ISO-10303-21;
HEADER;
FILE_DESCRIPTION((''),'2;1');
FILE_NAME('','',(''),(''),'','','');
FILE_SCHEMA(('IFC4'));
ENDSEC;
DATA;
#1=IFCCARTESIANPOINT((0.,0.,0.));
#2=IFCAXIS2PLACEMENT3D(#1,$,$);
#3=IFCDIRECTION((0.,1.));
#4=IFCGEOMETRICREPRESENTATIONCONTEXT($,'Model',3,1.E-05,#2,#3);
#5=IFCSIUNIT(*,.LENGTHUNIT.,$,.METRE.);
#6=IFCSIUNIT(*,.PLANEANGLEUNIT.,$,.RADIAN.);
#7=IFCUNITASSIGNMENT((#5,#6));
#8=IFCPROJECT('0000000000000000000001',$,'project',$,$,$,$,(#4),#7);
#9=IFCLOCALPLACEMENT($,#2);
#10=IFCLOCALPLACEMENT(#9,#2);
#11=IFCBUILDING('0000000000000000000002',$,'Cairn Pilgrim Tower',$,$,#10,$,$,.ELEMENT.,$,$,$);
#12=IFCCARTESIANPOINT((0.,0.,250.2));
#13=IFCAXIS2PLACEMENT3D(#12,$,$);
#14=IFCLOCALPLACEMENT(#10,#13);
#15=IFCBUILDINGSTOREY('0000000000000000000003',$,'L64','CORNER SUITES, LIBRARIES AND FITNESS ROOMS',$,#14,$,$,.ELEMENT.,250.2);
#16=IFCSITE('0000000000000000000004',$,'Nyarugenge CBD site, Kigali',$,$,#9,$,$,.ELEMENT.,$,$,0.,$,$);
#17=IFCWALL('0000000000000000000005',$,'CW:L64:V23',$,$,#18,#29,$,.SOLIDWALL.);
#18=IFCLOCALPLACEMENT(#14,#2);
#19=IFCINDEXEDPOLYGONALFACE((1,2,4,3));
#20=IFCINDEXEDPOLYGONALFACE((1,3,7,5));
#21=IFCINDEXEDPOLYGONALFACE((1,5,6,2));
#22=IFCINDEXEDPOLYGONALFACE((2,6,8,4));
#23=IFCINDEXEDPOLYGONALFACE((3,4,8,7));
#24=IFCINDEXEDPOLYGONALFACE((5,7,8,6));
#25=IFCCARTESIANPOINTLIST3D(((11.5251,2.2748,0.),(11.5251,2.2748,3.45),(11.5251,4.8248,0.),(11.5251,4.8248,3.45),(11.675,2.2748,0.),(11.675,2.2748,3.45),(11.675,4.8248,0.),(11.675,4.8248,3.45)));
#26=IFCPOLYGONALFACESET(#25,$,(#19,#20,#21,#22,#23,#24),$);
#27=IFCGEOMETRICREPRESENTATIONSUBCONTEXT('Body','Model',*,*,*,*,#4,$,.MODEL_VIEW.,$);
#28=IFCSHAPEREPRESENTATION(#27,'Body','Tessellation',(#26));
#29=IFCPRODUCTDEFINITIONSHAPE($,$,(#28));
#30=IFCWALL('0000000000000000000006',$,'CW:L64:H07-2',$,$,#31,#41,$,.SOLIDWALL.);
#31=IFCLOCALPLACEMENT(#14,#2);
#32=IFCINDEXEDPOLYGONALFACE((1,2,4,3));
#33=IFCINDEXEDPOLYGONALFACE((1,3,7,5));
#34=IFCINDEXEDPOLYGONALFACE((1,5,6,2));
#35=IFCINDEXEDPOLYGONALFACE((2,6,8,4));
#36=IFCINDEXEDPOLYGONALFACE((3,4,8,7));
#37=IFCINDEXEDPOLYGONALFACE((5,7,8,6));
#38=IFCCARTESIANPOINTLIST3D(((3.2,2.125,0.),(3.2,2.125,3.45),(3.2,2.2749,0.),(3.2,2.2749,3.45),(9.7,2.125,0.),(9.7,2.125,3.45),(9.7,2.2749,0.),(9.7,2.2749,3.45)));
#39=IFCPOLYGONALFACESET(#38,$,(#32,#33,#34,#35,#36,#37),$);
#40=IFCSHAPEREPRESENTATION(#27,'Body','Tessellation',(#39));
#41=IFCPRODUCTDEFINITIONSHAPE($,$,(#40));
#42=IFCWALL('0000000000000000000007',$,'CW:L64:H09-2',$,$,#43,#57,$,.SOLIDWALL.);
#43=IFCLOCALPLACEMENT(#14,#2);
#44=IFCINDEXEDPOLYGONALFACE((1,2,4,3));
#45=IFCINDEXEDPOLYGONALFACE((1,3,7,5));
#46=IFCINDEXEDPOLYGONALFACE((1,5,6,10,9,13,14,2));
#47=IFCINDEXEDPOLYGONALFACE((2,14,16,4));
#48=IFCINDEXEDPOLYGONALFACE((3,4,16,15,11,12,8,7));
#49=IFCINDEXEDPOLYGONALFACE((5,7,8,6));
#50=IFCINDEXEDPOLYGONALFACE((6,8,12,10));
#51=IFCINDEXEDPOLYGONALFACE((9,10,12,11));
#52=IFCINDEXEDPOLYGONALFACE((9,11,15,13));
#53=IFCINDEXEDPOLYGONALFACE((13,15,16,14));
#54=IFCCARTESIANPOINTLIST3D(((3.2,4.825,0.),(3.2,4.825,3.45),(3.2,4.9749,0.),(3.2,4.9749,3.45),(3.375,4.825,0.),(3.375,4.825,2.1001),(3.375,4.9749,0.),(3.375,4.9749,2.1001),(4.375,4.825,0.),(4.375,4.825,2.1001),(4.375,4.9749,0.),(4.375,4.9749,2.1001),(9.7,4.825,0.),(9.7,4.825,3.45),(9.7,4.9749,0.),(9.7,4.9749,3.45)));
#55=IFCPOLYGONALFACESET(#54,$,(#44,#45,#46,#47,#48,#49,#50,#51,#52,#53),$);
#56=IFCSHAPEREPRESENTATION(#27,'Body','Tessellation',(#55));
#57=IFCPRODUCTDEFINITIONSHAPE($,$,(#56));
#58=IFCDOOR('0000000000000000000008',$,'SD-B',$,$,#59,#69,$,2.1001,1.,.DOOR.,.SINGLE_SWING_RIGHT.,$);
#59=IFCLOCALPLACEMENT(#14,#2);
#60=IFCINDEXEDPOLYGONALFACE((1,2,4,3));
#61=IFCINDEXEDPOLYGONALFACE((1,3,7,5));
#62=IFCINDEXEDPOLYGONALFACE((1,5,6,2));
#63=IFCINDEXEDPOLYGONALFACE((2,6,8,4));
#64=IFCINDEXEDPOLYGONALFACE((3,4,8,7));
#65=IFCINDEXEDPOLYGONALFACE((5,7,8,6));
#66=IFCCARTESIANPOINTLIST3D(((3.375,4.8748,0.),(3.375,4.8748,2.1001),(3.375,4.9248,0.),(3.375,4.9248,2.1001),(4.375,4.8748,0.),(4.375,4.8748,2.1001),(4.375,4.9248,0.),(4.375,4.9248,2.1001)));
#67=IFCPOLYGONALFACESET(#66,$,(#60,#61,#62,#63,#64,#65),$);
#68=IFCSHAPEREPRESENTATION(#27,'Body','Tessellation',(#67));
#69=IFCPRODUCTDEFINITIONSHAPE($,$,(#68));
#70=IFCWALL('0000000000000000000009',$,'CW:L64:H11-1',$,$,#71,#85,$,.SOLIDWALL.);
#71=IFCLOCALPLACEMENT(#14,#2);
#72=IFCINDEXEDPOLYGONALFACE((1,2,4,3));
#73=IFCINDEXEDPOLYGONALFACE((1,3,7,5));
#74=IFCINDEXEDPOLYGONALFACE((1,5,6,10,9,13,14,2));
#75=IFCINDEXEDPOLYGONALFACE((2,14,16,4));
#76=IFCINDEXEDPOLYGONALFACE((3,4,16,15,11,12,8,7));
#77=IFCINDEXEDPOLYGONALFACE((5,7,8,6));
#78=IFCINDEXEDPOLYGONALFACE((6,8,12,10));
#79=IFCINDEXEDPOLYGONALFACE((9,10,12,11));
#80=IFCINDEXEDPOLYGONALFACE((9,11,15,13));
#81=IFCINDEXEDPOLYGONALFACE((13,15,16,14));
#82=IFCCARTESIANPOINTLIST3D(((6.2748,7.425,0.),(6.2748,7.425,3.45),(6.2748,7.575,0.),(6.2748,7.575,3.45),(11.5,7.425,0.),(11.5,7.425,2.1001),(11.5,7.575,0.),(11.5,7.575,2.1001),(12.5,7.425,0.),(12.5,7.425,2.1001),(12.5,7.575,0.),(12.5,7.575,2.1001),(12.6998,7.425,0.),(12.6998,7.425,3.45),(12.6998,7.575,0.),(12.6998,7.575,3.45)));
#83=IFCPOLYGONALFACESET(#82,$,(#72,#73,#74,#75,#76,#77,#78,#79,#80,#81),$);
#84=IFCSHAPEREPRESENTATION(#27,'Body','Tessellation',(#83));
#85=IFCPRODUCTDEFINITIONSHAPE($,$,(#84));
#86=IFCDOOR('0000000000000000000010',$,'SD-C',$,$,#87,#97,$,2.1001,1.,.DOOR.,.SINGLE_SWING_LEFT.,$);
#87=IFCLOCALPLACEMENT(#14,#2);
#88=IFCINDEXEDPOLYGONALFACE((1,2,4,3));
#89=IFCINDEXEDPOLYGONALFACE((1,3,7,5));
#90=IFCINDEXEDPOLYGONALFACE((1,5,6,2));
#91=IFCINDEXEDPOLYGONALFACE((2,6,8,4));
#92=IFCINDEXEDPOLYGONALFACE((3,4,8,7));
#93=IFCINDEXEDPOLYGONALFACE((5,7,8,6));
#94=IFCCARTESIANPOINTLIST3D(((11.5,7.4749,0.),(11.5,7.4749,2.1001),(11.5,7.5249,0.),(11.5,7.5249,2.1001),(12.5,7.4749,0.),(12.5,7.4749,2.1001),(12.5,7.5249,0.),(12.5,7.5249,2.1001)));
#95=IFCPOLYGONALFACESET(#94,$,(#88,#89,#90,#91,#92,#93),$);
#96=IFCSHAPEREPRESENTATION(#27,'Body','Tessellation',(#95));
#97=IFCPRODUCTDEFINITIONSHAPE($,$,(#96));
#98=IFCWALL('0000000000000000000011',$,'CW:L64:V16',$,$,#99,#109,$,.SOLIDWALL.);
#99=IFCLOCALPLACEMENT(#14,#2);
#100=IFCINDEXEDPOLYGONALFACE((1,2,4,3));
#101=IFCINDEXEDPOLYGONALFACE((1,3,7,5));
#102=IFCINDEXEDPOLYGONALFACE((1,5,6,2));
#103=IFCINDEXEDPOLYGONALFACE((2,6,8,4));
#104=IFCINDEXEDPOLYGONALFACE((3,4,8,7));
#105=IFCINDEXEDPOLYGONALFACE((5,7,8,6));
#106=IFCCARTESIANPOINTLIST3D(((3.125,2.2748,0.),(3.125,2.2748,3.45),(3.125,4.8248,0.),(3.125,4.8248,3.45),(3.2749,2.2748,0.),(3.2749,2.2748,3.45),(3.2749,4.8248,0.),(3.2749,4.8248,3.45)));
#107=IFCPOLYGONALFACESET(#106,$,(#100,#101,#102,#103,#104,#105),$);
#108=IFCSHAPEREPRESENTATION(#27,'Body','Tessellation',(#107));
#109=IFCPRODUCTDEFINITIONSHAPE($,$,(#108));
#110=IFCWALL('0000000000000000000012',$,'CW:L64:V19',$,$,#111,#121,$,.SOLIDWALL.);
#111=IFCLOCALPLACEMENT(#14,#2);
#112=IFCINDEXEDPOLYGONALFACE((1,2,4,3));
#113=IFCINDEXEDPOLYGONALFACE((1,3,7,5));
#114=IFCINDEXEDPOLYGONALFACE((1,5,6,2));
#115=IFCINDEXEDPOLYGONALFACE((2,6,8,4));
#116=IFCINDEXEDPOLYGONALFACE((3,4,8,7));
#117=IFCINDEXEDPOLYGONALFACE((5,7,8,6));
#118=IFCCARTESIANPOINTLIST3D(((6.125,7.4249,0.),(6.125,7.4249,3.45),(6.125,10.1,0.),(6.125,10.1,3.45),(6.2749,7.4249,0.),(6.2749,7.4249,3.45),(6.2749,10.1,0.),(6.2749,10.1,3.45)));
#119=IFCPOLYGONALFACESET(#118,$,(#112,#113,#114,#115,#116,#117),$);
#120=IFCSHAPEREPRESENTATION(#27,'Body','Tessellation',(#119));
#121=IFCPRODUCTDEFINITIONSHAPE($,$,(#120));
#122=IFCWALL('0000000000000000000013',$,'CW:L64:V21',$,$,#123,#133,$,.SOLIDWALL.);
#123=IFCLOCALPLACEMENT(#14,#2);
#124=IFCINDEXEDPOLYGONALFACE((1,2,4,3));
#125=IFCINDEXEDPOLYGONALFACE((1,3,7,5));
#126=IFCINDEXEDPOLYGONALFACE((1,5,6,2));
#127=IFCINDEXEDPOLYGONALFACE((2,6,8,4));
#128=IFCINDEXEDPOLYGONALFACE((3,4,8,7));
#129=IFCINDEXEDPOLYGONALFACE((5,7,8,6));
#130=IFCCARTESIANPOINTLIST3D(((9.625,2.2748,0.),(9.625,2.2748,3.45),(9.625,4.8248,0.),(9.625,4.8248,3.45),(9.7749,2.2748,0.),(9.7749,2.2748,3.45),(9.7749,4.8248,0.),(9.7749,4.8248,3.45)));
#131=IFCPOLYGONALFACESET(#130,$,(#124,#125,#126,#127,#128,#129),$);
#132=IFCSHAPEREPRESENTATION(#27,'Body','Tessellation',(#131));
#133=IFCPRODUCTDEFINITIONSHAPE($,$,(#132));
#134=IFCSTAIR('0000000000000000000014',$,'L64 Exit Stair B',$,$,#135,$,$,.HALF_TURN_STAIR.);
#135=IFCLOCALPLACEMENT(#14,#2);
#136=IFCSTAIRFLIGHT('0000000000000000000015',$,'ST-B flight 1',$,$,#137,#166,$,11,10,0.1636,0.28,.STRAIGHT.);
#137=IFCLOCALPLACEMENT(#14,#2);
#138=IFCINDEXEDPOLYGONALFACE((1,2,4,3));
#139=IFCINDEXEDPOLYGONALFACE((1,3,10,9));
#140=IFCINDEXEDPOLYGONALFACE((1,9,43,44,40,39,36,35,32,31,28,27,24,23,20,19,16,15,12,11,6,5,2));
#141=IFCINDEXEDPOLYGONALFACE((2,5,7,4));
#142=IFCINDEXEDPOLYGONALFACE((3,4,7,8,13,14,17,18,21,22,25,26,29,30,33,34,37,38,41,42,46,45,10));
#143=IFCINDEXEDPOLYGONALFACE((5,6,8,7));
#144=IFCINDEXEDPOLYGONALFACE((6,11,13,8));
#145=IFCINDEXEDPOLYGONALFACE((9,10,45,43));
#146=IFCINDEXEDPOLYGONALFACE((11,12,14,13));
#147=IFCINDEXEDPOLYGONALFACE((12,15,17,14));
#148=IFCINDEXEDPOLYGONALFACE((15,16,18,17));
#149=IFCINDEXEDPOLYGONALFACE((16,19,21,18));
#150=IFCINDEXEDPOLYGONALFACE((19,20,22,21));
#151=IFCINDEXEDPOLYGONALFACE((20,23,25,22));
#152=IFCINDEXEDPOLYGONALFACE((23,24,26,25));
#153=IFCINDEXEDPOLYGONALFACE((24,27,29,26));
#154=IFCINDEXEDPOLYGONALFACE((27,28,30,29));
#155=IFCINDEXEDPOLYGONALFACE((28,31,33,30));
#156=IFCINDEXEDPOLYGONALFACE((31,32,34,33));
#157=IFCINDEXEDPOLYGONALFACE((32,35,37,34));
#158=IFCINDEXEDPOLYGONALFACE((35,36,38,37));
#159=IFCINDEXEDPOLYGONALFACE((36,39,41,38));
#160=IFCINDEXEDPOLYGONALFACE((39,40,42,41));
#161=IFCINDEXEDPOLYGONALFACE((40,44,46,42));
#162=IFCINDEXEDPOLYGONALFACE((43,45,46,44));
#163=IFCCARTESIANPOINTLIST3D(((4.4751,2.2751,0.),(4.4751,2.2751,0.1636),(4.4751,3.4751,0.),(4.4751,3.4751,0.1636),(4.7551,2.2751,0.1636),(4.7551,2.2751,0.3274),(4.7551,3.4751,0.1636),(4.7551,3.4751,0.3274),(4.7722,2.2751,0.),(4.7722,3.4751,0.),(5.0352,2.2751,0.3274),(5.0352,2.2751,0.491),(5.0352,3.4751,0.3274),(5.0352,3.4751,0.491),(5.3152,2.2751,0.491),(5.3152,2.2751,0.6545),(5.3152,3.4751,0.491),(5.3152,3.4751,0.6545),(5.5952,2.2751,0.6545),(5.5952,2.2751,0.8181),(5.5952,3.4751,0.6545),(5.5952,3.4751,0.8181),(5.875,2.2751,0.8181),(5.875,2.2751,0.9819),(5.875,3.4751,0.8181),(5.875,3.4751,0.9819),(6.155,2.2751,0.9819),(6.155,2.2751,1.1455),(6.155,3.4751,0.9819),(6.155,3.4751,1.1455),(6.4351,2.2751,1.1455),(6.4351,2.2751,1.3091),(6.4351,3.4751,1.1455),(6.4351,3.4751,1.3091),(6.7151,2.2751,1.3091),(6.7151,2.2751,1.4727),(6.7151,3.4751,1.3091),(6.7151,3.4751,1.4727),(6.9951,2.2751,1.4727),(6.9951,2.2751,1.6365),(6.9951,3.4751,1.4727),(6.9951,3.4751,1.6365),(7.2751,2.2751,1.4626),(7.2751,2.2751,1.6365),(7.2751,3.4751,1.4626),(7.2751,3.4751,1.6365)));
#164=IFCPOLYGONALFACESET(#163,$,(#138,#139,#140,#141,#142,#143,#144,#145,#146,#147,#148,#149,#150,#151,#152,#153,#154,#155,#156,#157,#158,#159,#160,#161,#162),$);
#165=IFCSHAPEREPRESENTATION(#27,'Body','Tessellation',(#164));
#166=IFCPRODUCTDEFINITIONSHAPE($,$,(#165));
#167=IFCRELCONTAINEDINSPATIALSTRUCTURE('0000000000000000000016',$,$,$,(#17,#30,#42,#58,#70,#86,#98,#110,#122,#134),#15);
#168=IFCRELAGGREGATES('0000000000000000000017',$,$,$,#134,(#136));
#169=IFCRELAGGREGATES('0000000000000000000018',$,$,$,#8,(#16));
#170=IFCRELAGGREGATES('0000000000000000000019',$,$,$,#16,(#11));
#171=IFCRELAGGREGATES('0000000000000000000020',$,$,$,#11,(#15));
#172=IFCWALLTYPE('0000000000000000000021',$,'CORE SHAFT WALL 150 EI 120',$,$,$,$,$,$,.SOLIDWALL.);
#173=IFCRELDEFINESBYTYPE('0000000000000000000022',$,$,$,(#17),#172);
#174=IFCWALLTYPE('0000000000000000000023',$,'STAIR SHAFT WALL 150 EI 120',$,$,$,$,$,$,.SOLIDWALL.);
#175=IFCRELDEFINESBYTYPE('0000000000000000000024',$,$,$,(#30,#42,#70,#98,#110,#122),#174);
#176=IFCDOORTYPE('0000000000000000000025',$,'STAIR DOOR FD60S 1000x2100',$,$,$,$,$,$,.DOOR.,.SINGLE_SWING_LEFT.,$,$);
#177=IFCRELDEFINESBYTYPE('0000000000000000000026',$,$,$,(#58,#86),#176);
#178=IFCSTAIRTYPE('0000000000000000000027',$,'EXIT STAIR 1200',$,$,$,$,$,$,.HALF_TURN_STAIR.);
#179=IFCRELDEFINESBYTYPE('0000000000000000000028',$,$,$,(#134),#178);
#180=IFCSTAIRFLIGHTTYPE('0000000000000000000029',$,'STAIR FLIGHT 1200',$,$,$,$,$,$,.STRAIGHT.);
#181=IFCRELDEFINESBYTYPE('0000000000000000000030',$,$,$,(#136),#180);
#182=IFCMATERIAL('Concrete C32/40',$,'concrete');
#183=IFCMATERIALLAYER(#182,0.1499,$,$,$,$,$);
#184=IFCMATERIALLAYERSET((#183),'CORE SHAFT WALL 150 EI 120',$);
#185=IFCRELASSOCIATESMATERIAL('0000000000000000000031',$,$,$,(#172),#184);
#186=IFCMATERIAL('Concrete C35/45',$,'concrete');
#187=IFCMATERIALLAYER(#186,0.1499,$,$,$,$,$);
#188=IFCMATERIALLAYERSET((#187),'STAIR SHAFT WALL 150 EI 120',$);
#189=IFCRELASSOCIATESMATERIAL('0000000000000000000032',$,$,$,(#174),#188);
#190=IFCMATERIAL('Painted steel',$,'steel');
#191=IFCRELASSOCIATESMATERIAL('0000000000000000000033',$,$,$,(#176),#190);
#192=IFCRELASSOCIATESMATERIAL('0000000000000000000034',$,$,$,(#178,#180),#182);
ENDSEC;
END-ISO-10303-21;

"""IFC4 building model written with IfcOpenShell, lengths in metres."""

from ifc_helpers import new_model, si_unit, direction, frame, frame_2d, origin, place, context, subcontext, project, spatial, polyline, rectangle, outline, extrude, material, layer, layer_set, type_object, element, fill, aggregate, save


model = new_model("IFC4")

# Units and contexts
model_context = context("Model", 3, precision=1e-05, world=origin(), true_north=direction((0.0, 1.0)))
body_context = subcontext(model_context, "Body", "Model", "MODEL_VIEW")
ifc_project = project(units=[si_unit("LENGTHUNIT", "METRE"), si_unit("PLANEANGLEUNIT", "RADIAN")], contexts=[model_context])

# Site, building, storey
site_placement = place(None, origin())
site = spatial("IfcSite", under=ifc_project, at=site_placement, Name="Nyarugenge CBD site, Kigali", CompositionType="ELEMENT", RefElevation=0.0)
building_placement = place(site_placement, origin())
building = spatial("IfcBuilding", under=site, at=building_placement, Name="Cairn Pilgrim Tower", CompositionType="ELEMENT")
storey_placement = place(building_placement, frame((0.0, 0.0, 250.2)))
storey = spatial("IfcBuildingStorey", under=building, at=storey_placement, Name="L64", Description="CORNER SUITES, LIBRARIES AND FITNESS ROOMS", CompositionType="ELEMENT", Elevation=250.2)

# Shared definitions
ifc_material_1 = material(Name="Concrete C32/40", Category="concrete")
ifc_layer_1 = layer(ifc_material_1, 0.1499)
ifc_layer_set_1 = layer_set([ifc_layer_1], Name="CORE SHAFT WALL 150 EI 120")
wall_type_1 = type_object("IfcWallType", Name="CORE SHAFT WALL 150 EI 120", PredefinedType="SOLIDWALL", material=ifc_layer_set_1)

# Shared definitions
ifc_material_2 = material(Name="Painted steel", Category="steel")

# Walls
wall_1_placement = place(storey_placement, frame((11.6001, 2.2749, 0.0), z_axis=(0.0, 0.0, 1.0), x_axis=(0.0, 1.0, 0.0)))
element("IfcWall", 1, at=wall_1_placement, inside=storey, type_object=wall_type_1, Name="CW:L64:V23", PredefinedType="SOLIDWALL", context=body_context, shape_type="SweptSolid", body=[
    extrude(rectangle(XDim=2.55, YDim=0.1499, at=frame_2d((1.2749, 0.0))), origin(), (0.0, 0.0, 1.0), 3.45),
])
ifc_material_3 = material(Name="Concrete C35/45", Category="concrete")
ifc_layer_2 = layer(ifc_material_3, 0.1499)
ifc_layer_set_2 = layer_set([ifc_layer_2], Name="STAIR SHAFT WALL 150 EI 120")
wall_type_2 = type_object("IfcWallType", Name="STAIR SHAFT WALL 150 EI 120", PredefinedType="SOLIDWALL", material=ifc_layer_set_2)
wall_2_placement = place(storey_placement, frame((3.2, 2.2, 0.0), z_axis=(0.0, 0.0, 1.0), x_axis=(1.0, 0.0, 0.0)))
element("IfcWall", 2, at=wall_2_placement, inside=storey, type_object=wall_type_2, Name="CW:L64:H07-2", PredefinedType="SOLIDWALL", context=body_context, shape_type="SweptSolid", body=[
    extrude(rectangle(XDim=6.5, YDim=0.1499, at=frame_2d((3.25, 0.0))), origin(), (0.0, 0.0, 1.0), 3.45),
])

# Walls, openings, doors
wall_3_placement = place(storey_placement, frame((3.2, 4.8999, 0.0), z_axis=(0.0, 0.0, 1.0), x_axis=(1.0, 0.0, 0.0)))
wall_3 = element("IfcWall", 3, at=wall_3_placement, inside=storey, type_object=wall_type_2, Name="CW:L64:H09-2", PredefinedType="SOLIDWALL", context=body_context, shape_type="SweptSolid", body=[
    extrude(rectangle(XDim=6.5, YDim=0.1499, at=frame_2d((3.25, 0.0))), origin(), (0.0, 0.0, 1.0), 3.45),
])
opening_1_placement = place(wall_3_placement, frame((0.175, 0.0, 0.0)))
opening_1 = element("IfcOpeningElement", 4, at=opening_1_placement, cuts=wall_3, PredefinedType="OPENING", context=body_context, shape_type="SweptSolid", body=[
    extrude(rectangle(XDim=1.0, YDim=2.1001, at=frame_2d((0.5, 1.05))), frame((0.0, 0.085, 0.0), z_axis=(0.0, -1.0, 0.0), x_axis=(1.0, 0.0, 0.0)), (0.0, 0.0, 1.0), 0.1699),
])
door_type_1 = type_object("IfcDoorType", Name="STAIR DOOR FD60S 1000x2100", OperationType="SINGLE_SWING_LEFT", PredefinedType="DOOR", material=ifc_material_2)
door_1_placement = place(opening_1_placement, origin())
door_1 = element("IfcDoor", 5, at=door_1_placement, inside=storey, type_object=door_type_1, Name="SD-B", OperationType="SINGLE_SWING_RIGHT", OverallHeight=2.1001, OverallWidth=1.0, PredefinedType="DOOR", context=body_context, shape_type="SweptSolid", body=[
    extrude(rectangle(XDim=1.0, YDim=2.1001, at=frame_2d((0.5, 1.05))), frame((0.0, 0.0249, 0.0), z_axis=(0.0, -1.0, 0.0), x_axis=(1.0, 0.0, 0.0)), (0.0, 0.0, 1.0), 0.05),
])
fill(opening_1, door_1)
wall_4_placement = place(storey_placement, frame((6.2749, 7.5, 0.0), z_axis=(0.0, 0.0, 1.0), x_axis=(1.0, 0.0, 0.0)))
wall_4 = element("IfcWall", 6, at=wall_4_placement, inside=storey, type_object=wall_type_2, Name="CW:L64:H11-1", PredefinedType="SOLIDWALL", context=body_context, shape_type="SweptSolid", body=[
    extrude(rectangle(XDim=6.425, YDim=0.1499, at=frame_2d((3.2124, 0.0))), origin(), (0.0, 0.0, 1.0), 3.45),
])
opening_2_placement = place(wall_4_placement, frame((5.2251, 0.0, 0.0)))
opening_2 = element("IfcOpeningElement", 7, at=opening_2_placement, cuts=wall_4, PredefinedType="OPENING", context=body_context, shape_type="SweptSolid", body=[
    extrude(rectangle(XDim=1.0, YDim=2.1001, at=frame_2d((0.5, 1.05))), frame((0.0, 0.085, 0.0), z_axis=(0.0, -1.0, 0.0), x_axis=(1.0, 0.0, 0.0)), (0.0, 0.0, 1.0), 0.1699),
])
door_2_placement = place(opening_2_placement, origin())
door_2 = element("IfcDoor", 8, at=door_2_placement, inside=storey, type_object=door_type_1, Name="SD-C", OperationType="SINGLE_SWING_LEFT", OverallHeight=2.1001, OverallWidth=1.0, PredefinedType="DOOR", context=body_context, shape_type="SweptSolid", body=[
    extrude(rectangle(XDim=1.0, YDim=2.1001, at=frame_2d((0.5, 1.05))), frame((0.0, 0.0249, 0.0), z_axis=(0.0, -1.0, 0.0), x_axis=(1.0, 0.0, 0.0)), (0.0, 0.0, 1.0), 0.05),
])
fill(opening_2, door_2)

# Walls
wall_5_placement = place(storey_placement, frame((3.2, 2.2749, 0.0), z_axis=(0.0, 0.0, 1.0), x_axis=(0.0, 1.0, 0.0)))
element("IfcWall", 9, at=wall_5_placement, inside=storey, type_object=wall_type_2, Name="CW:L64:V16", PredefinedType="SOLIDWALL", context=body_context, shape_type="SweptSolid", body=[
    extrude(rectangle(XDim=2.55, YDim=0.1499, at=frame_2d((1.2749, 0.0))), origin(), (0.0, 0.0, 1.0), 3.45),
])
wall_6_placement = place(storey_placement, frame((6.2, 7.425, 0.0), z_axis=(0.0, 0.0, 1.0), x_axis=(0.0, 1.0, 0.0)))
element("IfcWall", 10, at=wall_6_placement, inside=storey, type_object=wall_type_2, Name="CW:L64:V19", PredefinedType="SOLIDWALL", context=body_context, shape_type="SweptSolid", body=[
    extrude(rectangle(XDim=2.675, YDim=0.1499, at=frame_2d((1.3374, 0.0))), origin(), (0.0, 0.0, 1.0), 3.45),
])
wall_7_placement = place(storey_placement, frame((9.7, 2.2749, 0.0), z_axis=(0.0, 0.0, 1.0), x_axis=(0.0, 1.0, 0.0)))
element("IfcWall", 11, at=wall_7_placement, inside=storey, type_object=wall_type_2, Name="CW:L64:V21", PredefinedType="SOLIDWALL", context=body_context, shape_type="SweptSolid", body=[
    extrude(rectangle(XDim=2.55, YDim=0.1499, at=frame_2d((1.2749, 0.0))), origin(), (0.0, 0.0, 1.0), 3.45),
])

# Stair, stair flight
stair_type = type_object("IfcStairType", Name="EXIT STAIR 1200", PredefinedType="HALF_TURN_STAIR", material=ifc_material_1)
stair_1_placement = place(storey_placement, origin())
stair_1 = element("IfcStair", 12, at=stair_1_placement, inside=storey, type_object=stair_type, Name="L64 Exit Stair B", PredefinedType="HALF_TURN_STAIR")
stair_flight_type = type_object("IfcStairFlightType", Name="STAIR FLIGHT 1200", PredefinedType="STRAIGHT", material=ifc_material_1)
stair_flight_1_placement = place(storey_placement, frame((4.4751, 2.875, 0.0), z_axis=(0.0, 0.0, 1.0), x_axis=(1.0, 0.0, 0.0)))
stair_flight_1 = element("IfcStairFlight", 13, at=stair_flight_1_placement, type_object=stair_flight_type, Name="ST-B flight 1", NumberOfRisers=11, NumberOfTreads=10, PredefinedType="STRAIGHT", RiserHeight=0.1636, TreadLength=0.28, context=body_context, shape_type="SweptSolid", body=[
    extrude(outline(polyline([(0.0, 0.0), (0.0, 0.1636), (0.28, 0.1636), (0.28, 0.3274), (0.5601, 0.3274), (0.5601, 0.491), (0.8401, 0.491), (0.8401, 0.6545), (1.1201, 0.6545), (1.1201, 0.8181), (1.3999, 0.8181), (1.3999, 0.9819), (1.6799, 0.9819), (1.6799, 1.1455), (1.96, 1.1455), (1.96, 1.3091), (2.24, 1.3091), (2.24, 1.4727), (2.52, 1.4727), (2.52, 1.6365), (2.8, 1.6365), (2.8, 1.8), (2.8, 1.4626), (0.2971, 0.0), (0.0, 0.0)])), frame((0.0, 0.6001, 0.0), z_axis=(0.0, -1.0, 0.0), x_axis=(1.0, 0.0, 0.0)), (0.0, 0.0, 1.0), 1.2),
])
aggregate(stair_1, [stair_flight_1])

save(model, "model.ifc")
